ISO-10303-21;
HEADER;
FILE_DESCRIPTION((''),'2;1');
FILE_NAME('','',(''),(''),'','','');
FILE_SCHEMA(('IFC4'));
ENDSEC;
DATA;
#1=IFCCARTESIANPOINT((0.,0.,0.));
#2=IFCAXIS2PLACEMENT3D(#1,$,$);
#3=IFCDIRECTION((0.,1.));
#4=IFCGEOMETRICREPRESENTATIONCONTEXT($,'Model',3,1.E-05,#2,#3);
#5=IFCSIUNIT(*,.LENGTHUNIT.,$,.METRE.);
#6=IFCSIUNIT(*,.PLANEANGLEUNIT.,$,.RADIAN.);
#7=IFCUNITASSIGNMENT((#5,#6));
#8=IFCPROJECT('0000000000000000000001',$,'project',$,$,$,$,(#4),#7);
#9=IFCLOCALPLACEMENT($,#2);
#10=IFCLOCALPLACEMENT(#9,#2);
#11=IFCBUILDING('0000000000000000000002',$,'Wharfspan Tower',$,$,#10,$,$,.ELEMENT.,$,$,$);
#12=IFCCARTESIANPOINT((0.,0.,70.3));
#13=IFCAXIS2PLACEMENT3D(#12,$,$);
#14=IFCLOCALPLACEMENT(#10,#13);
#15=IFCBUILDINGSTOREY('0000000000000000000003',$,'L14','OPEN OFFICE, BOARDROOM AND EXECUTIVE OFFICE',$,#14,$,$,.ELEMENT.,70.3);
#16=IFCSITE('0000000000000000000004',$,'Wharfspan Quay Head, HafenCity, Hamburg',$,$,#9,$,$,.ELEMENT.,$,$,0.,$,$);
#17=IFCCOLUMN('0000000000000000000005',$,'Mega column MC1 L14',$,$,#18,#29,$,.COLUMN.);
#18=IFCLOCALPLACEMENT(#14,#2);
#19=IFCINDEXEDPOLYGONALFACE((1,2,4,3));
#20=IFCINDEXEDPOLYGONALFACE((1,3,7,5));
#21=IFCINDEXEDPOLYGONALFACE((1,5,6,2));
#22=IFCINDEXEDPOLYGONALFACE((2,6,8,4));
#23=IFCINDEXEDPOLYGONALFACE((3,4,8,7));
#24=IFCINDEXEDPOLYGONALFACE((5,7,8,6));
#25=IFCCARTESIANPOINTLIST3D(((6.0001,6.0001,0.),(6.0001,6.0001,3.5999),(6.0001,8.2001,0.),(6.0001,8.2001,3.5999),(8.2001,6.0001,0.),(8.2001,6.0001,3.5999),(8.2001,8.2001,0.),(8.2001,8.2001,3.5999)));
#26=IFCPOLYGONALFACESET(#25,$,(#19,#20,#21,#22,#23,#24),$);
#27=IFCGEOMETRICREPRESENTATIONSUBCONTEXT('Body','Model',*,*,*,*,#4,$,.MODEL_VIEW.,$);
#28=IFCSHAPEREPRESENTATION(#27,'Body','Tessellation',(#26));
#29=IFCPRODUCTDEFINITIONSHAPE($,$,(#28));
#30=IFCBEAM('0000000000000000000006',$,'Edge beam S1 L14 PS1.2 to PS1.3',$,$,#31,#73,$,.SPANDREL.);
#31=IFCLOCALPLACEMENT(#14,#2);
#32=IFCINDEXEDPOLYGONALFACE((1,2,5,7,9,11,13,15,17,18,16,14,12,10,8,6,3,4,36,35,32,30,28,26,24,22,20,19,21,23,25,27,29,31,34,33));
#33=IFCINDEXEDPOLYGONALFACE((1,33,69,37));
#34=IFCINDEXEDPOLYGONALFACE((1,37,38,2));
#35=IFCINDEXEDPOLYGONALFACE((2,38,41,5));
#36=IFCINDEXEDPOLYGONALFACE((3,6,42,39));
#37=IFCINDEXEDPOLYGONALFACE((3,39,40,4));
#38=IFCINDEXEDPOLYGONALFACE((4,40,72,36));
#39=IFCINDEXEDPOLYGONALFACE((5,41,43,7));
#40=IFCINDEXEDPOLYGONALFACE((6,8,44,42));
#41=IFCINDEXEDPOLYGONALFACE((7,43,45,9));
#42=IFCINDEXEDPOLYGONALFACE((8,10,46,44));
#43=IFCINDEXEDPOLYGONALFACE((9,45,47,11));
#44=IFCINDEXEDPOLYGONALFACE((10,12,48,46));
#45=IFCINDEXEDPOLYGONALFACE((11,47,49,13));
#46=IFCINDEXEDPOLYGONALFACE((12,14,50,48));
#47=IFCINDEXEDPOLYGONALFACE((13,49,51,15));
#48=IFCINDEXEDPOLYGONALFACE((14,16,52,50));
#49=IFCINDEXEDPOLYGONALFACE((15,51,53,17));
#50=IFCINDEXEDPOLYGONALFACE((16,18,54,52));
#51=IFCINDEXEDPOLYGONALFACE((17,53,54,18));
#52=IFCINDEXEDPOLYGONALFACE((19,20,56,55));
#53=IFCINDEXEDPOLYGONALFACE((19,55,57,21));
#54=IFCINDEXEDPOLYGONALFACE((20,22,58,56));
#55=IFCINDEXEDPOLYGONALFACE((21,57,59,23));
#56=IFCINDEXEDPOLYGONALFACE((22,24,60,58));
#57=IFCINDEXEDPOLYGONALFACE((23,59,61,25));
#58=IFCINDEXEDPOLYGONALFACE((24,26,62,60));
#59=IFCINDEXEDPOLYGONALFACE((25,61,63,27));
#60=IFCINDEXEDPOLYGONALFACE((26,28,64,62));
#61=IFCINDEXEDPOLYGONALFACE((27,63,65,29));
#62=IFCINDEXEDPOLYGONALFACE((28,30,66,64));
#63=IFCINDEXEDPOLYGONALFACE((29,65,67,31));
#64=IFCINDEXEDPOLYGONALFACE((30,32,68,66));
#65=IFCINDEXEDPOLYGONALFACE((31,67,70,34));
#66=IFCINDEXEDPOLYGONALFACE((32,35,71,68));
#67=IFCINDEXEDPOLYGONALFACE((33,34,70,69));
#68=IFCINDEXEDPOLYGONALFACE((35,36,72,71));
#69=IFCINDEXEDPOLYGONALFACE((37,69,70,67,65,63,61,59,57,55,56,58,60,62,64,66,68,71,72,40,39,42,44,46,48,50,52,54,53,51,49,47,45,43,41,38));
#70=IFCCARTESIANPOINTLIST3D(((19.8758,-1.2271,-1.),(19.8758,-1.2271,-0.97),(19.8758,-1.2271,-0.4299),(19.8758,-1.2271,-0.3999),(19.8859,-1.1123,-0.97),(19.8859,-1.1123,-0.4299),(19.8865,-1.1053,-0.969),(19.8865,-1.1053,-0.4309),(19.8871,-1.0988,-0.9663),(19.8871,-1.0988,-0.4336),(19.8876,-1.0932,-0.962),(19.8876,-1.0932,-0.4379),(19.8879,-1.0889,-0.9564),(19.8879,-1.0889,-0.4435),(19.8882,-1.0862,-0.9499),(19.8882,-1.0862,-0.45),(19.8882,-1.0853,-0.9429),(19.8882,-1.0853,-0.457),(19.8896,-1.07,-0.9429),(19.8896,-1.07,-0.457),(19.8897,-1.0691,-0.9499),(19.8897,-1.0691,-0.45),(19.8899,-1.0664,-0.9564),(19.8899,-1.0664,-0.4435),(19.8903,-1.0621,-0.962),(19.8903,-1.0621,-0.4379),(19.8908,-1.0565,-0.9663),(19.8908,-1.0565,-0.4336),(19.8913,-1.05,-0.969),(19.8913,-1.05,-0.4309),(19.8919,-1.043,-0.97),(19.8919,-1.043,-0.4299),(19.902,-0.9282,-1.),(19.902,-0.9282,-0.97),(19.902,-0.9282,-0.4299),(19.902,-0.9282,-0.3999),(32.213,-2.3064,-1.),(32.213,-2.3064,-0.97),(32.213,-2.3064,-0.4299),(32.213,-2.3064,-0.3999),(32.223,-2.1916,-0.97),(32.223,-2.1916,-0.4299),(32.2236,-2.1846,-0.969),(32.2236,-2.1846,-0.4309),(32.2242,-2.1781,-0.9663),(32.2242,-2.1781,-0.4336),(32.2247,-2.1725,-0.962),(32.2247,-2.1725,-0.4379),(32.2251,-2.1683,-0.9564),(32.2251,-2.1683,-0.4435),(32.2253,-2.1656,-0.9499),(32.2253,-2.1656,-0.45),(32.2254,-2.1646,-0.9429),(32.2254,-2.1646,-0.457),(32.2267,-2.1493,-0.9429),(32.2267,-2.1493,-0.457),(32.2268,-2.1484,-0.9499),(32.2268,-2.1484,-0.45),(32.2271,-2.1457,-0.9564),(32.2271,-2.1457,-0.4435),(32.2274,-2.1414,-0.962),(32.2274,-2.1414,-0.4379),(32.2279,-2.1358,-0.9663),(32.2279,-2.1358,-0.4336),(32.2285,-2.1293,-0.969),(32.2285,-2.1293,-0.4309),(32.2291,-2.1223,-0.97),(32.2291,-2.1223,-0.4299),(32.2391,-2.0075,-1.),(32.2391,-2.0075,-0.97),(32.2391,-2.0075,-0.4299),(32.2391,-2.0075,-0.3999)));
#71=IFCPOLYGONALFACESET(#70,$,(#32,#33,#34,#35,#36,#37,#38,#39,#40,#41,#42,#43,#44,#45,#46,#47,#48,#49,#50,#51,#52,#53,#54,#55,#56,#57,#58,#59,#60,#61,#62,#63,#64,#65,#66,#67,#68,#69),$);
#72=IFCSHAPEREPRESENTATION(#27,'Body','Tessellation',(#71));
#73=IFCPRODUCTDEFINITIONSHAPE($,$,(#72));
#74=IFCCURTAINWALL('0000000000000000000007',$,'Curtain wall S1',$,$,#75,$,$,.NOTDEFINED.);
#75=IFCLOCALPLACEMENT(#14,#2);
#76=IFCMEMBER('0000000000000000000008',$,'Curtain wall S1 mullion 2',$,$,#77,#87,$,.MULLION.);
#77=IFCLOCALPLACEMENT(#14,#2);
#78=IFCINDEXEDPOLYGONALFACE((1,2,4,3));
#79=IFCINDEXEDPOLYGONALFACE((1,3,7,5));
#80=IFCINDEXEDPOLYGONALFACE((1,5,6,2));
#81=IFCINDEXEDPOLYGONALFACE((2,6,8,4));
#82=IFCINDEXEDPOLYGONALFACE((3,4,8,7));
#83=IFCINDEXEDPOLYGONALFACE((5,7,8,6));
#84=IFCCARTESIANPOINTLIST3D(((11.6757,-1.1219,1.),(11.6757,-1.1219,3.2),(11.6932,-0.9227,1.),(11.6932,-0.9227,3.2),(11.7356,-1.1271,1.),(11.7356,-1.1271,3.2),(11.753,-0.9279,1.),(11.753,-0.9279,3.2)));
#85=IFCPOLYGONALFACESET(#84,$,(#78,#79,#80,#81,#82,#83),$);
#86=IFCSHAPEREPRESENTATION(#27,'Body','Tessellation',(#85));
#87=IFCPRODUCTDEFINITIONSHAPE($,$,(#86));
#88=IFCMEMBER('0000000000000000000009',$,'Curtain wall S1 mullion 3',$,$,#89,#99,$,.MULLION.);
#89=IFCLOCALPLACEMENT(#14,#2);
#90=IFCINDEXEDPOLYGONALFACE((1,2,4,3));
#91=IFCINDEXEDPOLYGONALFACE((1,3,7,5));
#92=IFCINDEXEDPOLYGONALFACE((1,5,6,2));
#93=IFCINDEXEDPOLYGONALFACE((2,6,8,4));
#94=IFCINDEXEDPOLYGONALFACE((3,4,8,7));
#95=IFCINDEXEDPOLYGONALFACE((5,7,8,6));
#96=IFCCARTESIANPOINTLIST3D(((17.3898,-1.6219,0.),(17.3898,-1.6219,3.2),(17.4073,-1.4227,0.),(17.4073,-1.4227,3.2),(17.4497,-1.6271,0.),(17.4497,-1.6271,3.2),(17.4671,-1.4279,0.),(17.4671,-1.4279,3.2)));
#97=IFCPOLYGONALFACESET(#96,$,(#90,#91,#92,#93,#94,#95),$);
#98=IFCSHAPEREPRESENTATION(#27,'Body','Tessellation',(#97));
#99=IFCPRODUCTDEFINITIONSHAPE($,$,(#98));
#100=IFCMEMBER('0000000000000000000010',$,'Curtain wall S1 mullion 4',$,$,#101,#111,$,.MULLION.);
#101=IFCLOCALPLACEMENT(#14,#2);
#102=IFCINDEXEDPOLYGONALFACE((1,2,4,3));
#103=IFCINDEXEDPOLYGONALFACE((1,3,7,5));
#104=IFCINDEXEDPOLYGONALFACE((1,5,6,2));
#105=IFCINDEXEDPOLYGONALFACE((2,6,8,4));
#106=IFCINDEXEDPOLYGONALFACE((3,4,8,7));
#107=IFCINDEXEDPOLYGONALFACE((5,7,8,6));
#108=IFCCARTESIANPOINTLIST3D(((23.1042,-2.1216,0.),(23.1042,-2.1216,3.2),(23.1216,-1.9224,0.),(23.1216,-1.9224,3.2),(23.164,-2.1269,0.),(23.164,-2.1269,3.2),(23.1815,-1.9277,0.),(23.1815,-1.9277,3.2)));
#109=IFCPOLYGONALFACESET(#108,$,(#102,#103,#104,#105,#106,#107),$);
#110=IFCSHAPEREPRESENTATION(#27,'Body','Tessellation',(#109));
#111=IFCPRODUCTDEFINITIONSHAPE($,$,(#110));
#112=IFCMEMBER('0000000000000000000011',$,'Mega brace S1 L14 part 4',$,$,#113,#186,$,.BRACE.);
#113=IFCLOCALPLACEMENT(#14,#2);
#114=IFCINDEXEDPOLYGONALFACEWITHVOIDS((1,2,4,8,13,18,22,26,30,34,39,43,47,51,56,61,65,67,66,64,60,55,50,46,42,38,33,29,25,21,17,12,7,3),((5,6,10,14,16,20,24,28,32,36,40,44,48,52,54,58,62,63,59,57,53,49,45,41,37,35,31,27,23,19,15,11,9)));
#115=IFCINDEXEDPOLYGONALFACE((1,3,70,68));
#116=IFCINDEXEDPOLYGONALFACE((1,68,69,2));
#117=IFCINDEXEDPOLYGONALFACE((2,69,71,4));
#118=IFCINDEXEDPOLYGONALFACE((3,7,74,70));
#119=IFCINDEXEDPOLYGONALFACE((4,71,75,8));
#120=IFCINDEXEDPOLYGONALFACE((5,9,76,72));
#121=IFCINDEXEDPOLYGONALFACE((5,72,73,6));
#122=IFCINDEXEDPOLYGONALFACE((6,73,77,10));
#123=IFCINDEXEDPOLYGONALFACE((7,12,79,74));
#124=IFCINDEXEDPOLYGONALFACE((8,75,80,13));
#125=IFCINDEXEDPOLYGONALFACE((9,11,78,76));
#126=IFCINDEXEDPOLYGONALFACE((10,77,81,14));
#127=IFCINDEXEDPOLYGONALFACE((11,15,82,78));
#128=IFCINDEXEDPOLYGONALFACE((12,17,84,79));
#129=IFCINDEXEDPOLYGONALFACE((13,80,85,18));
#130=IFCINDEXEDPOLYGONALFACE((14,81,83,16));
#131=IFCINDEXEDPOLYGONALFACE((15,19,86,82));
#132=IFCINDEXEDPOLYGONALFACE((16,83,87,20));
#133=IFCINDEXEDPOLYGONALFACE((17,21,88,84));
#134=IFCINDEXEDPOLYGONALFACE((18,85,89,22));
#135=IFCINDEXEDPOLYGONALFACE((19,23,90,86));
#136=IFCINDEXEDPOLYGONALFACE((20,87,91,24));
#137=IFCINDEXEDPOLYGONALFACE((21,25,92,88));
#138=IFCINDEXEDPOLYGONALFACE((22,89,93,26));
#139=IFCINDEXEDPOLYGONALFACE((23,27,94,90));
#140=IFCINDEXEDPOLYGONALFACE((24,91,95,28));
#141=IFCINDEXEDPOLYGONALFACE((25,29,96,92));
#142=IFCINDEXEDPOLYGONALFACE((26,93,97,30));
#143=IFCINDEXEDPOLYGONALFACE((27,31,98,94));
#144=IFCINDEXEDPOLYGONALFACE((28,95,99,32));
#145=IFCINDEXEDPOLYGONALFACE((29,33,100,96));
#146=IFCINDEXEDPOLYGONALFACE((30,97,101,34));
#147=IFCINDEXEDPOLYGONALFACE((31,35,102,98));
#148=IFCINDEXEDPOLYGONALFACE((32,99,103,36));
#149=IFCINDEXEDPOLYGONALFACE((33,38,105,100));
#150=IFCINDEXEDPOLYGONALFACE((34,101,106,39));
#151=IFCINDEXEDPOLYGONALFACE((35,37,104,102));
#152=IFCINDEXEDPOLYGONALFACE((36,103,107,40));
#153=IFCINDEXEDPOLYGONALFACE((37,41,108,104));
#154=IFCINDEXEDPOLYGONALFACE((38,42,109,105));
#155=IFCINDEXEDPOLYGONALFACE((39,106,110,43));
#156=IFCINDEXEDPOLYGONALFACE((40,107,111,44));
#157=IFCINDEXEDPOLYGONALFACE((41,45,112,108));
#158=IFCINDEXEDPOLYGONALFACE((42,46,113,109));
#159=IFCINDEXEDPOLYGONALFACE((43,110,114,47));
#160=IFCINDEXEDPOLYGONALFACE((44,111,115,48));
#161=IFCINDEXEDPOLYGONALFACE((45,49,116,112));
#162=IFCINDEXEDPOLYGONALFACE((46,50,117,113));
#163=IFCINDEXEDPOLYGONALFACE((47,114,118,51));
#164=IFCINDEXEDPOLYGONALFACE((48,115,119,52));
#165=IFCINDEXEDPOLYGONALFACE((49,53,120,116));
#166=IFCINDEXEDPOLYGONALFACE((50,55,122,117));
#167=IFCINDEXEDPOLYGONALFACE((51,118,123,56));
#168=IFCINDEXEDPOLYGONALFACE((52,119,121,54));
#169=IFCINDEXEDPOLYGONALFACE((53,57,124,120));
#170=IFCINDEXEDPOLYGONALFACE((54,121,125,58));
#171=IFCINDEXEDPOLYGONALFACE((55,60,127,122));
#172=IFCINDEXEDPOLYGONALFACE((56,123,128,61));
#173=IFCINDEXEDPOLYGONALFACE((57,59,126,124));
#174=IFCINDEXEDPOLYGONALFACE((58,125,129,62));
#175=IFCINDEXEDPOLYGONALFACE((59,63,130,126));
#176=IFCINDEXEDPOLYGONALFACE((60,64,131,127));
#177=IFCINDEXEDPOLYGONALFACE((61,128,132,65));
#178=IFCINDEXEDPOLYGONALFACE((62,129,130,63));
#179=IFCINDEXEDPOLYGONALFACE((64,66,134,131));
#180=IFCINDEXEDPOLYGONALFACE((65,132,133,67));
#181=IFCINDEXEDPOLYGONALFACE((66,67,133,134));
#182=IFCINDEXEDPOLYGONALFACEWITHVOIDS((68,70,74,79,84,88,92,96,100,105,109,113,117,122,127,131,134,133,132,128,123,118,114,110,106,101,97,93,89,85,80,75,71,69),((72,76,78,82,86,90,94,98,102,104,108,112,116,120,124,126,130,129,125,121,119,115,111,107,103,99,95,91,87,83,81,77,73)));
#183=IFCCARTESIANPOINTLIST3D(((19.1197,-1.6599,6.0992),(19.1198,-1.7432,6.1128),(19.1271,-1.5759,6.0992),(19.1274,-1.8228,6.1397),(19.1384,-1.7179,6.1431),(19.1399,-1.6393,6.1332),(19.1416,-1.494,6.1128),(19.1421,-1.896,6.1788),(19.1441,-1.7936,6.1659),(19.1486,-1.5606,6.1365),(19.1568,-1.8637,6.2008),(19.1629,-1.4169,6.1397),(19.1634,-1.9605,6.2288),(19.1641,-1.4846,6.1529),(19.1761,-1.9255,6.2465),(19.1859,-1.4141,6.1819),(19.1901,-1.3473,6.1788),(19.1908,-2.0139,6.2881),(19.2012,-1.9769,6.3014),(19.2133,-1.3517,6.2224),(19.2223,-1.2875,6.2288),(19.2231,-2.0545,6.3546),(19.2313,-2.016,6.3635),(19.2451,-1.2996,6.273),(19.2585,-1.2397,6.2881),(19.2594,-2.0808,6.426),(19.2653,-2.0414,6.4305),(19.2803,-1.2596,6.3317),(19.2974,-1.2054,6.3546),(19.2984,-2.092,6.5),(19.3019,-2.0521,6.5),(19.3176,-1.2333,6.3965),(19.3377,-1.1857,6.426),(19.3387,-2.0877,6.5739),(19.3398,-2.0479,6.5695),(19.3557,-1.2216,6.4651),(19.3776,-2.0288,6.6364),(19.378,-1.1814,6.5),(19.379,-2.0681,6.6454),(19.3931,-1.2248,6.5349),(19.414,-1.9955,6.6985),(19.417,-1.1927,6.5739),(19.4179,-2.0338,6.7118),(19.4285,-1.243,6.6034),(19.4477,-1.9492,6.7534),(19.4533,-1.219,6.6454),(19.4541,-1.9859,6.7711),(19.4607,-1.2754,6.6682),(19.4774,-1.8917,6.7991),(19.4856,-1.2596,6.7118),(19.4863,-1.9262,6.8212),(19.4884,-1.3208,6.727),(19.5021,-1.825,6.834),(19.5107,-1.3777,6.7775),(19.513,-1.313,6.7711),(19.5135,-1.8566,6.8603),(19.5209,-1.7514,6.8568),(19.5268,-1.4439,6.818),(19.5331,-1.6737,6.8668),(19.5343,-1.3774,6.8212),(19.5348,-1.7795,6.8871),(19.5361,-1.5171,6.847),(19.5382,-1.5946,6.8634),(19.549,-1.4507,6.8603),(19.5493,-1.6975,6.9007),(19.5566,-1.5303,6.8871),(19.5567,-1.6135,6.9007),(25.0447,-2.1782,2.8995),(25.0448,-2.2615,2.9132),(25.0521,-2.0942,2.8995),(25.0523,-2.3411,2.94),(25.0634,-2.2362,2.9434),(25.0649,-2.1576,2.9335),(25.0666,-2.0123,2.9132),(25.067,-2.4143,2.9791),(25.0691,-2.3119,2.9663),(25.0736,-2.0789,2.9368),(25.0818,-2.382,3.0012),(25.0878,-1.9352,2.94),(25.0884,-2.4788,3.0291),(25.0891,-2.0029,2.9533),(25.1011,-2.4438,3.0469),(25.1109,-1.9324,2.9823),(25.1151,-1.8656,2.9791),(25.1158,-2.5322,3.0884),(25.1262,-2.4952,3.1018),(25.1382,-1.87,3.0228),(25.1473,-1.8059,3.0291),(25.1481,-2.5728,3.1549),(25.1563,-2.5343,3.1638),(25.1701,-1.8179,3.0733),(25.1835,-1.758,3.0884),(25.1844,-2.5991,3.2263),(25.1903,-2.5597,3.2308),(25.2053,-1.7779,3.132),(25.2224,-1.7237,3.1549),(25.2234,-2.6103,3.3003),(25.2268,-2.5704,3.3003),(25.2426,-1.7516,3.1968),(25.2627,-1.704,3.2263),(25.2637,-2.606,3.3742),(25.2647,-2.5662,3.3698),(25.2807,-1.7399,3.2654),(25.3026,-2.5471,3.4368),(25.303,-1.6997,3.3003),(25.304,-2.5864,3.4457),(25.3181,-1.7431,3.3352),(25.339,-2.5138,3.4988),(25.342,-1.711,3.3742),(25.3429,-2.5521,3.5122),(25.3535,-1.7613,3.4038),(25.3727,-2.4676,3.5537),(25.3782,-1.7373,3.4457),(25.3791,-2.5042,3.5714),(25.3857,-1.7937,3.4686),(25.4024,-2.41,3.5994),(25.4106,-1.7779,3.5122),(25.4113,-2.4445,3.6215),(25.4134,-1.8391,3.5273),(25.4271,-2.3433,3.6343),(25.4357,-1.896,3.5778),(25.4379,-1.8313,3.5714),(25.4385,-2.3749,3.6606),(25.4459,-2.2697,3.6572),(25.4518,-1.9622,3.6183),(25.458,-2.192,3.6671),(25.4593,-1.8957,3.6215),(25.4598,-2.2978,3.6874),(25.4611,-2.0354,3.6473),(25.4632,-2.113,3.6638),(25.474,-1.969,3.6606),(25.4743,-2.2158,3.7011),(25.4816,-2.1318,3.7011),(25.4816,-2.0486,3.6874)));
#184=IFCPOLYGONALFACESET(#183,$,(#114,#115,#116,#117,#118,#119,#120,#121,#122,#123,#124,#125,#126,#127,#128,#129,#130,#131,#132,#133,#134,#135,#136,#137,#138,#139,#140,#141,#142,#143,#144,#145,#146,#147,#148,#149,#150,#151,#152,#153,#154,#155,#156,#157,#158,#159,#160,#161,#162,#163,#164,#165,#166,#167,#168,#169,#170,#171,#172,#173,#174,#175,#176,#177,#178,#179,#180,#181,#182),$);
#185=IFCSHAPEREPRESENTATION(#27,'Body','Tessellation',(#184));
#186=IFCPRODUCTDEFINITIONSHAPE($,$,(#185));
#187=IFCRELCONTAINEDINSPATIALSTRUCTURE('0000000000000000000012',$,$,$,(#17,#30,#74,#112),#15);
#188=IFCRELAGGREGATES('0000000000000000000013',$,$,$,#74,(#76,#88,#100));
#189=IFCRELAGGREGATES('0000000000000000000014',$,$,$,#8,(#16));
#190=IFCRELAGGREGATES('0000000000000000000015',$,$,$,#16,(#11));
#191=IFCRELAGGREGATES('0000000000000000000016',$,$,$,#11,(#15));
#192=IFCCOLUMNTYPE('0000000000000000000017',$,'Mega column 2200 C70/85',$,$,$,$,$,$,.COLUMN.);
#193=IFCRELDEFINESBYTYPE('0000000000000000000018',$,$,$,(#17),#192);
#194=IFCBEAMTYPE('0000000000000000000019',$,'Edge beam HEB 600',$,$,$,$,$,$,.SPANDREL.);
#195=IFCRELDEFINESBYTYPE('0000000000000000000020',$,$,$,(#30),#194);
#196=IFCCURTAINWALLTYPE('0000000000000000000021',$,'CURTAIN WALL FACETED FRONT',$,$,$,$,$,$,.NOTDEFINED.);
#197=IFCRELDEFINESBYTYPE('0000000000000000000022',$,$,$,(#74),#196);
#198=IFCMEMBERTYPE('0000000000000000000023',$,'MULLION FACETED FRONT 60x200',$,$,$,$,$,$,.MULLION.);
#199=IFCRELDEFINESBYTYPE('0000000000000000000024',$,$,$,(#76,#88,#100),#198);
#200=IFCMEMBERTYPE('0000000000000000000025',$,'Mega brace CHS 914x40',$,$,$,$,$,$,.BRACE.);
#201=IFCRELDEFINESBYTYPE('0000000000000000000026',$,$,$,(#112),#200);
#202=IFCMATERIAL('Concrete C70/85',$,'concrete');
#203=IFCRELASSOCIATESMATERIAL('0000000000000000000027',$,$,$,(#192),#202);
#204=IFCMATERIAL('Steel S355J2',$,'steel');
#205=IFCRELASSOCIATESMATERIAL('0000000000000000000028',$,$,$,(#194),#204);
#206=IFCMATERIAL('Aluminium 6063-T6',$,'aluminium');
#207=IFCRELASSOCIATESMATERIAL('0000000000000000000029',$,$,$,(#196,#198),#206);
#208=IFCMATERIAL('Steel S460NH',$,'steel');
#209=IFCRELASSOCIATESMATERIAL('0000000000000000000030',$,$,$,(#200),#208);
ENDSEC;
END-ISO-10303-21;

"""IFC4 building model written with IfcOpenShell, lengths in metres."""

from ifc_helpers import new_model, si_unit, direction, frame, origin, origin_2d, place, context, subcontext, project, spatial, rectangle, hollow_circle, i_section, extrude, material, material_profile, profile_set, type_object, element, aggregate, save


model = new_model("IFC4")

# Units and contexts
model_context = context("Model", 3, precision=1e-05, world=origin(), true_north=direction((0.0, 1.0)))
body_context = subcontext(model_context, "Body", "Model", "MODEL_VIEW")
ifc_project = project(units=[si_unit("LENGTHUNIT", "METRE"), si_unit("PLANEANGLEUNIT", "RADIAN")], contexts=[model_context])

# Site, building, storey
site_placement = place(None, origin())
site = spatial("IfcSite", under=ifc_project, at=site_placement, Name="Wharfspan Quay Head, HafenCity, Hamburg", CompositionType="ELEMENT", RefElevation=0.0)
building_placement = place(site_placement, origin())
building = spatial("IfcBuilding", under=site, at=building_placement, Name="Wharfspan Tower", CompositionType="ELEMENT")
storey_placement = place(building_placement, frame((0.0, 0.0, 70.3)))
storey = spatial("IfcBuildingStorey", under=building, at=storey_placement, Name="L14", Description="OPEN OFFICE, BOARDROOM AND EXECUTIVE OFFICE", CompositionType="ELEMENT", Elevation=70.3)

# Column
ifc_material_1 = material(Name="Steel S355J2", Category="steel")
ifc_material_2 = material(Name="Concrete C70/85", Category="concrete")
ifc_material_profile_1 = material_profile(ifc_material_2, rectangle(XDim=2.2, YDim=2.2, at=origin_2d()))
ifc_profile_set_1 = profile_set([ifc_material_profile_1], Name="Concrete C70/85")
column_type_1 = type_object("IfcColumnType", Name="Mega column 2200 C70/85", PredefinedType="COLUMN", material=ifc_profile_set_1)
column_placement = place(storey_placement, frame((7.1001, 7.1001, 0.0), z_axis=(0.0, 0.0, 1.0), x_axis=(1.0, 0.0, 0.0)))
element("IfcColumn", 1, at=column_placement, inside=storey, type_object=column_type_1, Name="Mega column MC1 L14", PredefinedType="COLUMN", context=body_context, shape_type="SweptSolid", body=[
    extrude(rectangle(XDim=2.2, YDim=2.2, at=origin_2d()), origin(), (0.0, 0.0, 1.0), 3.5999),
])

# Beam
ifc_material_profile_2 = material_profile(ifc_material_1, i_section(OverallWidth=0.3, OverallDepth=0.6001, WebThickness=0.0154, FlangeThickness=0.03, FilletRadius=0.0271, at=origin_2d()))
ifc_profile_set_2 = profile_set([ifc_material_profile_2], Name="Steel S355J2")
beam_type = type_object("IfcBeamType", Name="Edge beam HEB 600", PredefinedType="SPANDREL", material=ifc_profile_set_2)
beam_placement = place(storey_placement, frame((19.8889, -1.0776, -0.7), z_axis=(0.996195, -0.087154, 0.0), x_axis=(0.087154, 0.996195, 0.0)))
element("IfcBeam", 2, at=beam_placement, inside=storey, type_object=beam_type, Name="Edge beam S1 L14 PS1.2 to PS1.3", PredefinedType="SPANDREL", context=body_context, shape_type="SweptSolid", body=[
    extrude(i_section(OverallWidth=0.3, OverallDepth=0.6001, WebThickness=0.0154, FlangeThickness=0.03, FilletRadius=0.0271, at=origin_2d()), origin(), (0.0, 0.0, 1.0), 12.3843),
])

# Curtain wall, members
ifc_material_3 = material(Name="Aluminium 6063-T6", Category="aluminium")
curtain_wall_type_1 = type_object("IfcCurtainWallType", Name="CURTAIN WALL FACETED FRONT", PredefinedType="NOTDEFINED", material=ifc_material_3)
curtain_wall_1_placement = place(storey_placement, origin())
curtain_wall_1 = element("IfcCurtainWall", 3, at=curtain_wall_1_placement, inside=storey, type_object=curtain_wall_type_1, Name="Curtain wall S1", PredefinedType="NOTDEFINED")
ifc_material_profile_3 = material_profile(ifc_material_3, rectangle(XDim=0.2, YDim=0.0601, at=origin_2d()))
ifc_profile_set_3 = profile_set([ifc_material_profile_3], Name="Aluminium 6063-T6")
member_type_1 = type_object("IfcMemberType", Name="MULLION FACETED FRONT 60x200", PredefinedType="MULLION", material=ifc_profile_set_3)
member_1_placement = place(storey_placement, frame((11.7144, -1.0249, 1.0), z_axis=(0.0, 0.0, 1.0), x_axis=(0.087156, 0.996197, 0.0)))
member_1 = element("IfcMember", 4, at=member_1_placement, type_object=member_type_1, Name="Curtain wall S1 mullion 2", PredefinedType="MULLION", context=body_context, shape_type="SweptSolid", body=[
    extrude(rectangle(XDim=0.2, YDim=0.0601, at=origin_2d()), origin(), (0.0, 0.0, 1.0), 2.2),
])
member_2_placement = place(storey_placement, frame((17.4285, -1.5249, 0.0), z_axis=(0.0, 0.0, 1.0), x_axis=(0.087156, 0.996197, 0.0)))
member_2 = element("IfcMember", 5, at=member_2_placement, type_object=member_type_1, Name="Curtain wall S1 mullion 3", PredefinedType="MULLION", context=body_context, shape_type="SweptSolid", body=[
    extrude(rectangle(XDim=0.2, YDim=0.0601, at=origin_2d()), origin(), (0.0, 0.0, 1.0), 3.2),
])
member_3_placement = place(storey_placement, frame((23.1428, -2.0247, 0.0), z_axis=(0.0, 0.0, 1.0), x_axis=(0.087156, 0.996197, 0.0)))
member_3 = element("IfcMember", 6, at=member_3_placement, type_object=member_type_1, Name="Curtain wall S1 mullion 4", PredefinedType="MULLION", context=body_context, shape_type="SweptSolid", body=[
    extrude(rectangle(XDim=0.2, YDim=0.0601, at=origin_2d()), origin(), (0.0, 0.0, 1.0), 3.2),
])

# Member
ifc_material_4 = material(Name="Steel S460NH", Category="steel")
ifc_material_profile_4 = material_profile(ifc_material_4, hollow_circle(Radius=0.457, WallThickness=0.04, at=origin_2d()))
ifc_profile_set_4 = profile_set([ifc_material_profile_4], Name="Steel S460NH")
member_type_2 = type_object("IfcMemberType", Name="Mega brace CHS 914x40", PredefinedType="BRACE", material=ifc_profile_set_4)
member_4_placement = place(storey_placement, frame((25.2632, -2.155, 3.3003), z_axis=(-0.877299, 0.076744, 0.473768), x_axis=(-0.087145, -0.996198, 0.0)))
element("IfcMember", 7, at=member_4_placement, inside=storey, type_object=member_type_2, Name="Mega brace S1 L14 part 4", PredefinedType="BRACE", context=body_context, shape_type="SweptSolid", body=[
    extrude(hollow_circle(Radius=0.457, WallThickness=0.04, at=origin_2d()), origin(), (0.0, 0.0, 1.0), 6.7537),
])

aggregate(curtain_wall_1, [member_1, member_2, member_3])

save(model, "model.ifc")
